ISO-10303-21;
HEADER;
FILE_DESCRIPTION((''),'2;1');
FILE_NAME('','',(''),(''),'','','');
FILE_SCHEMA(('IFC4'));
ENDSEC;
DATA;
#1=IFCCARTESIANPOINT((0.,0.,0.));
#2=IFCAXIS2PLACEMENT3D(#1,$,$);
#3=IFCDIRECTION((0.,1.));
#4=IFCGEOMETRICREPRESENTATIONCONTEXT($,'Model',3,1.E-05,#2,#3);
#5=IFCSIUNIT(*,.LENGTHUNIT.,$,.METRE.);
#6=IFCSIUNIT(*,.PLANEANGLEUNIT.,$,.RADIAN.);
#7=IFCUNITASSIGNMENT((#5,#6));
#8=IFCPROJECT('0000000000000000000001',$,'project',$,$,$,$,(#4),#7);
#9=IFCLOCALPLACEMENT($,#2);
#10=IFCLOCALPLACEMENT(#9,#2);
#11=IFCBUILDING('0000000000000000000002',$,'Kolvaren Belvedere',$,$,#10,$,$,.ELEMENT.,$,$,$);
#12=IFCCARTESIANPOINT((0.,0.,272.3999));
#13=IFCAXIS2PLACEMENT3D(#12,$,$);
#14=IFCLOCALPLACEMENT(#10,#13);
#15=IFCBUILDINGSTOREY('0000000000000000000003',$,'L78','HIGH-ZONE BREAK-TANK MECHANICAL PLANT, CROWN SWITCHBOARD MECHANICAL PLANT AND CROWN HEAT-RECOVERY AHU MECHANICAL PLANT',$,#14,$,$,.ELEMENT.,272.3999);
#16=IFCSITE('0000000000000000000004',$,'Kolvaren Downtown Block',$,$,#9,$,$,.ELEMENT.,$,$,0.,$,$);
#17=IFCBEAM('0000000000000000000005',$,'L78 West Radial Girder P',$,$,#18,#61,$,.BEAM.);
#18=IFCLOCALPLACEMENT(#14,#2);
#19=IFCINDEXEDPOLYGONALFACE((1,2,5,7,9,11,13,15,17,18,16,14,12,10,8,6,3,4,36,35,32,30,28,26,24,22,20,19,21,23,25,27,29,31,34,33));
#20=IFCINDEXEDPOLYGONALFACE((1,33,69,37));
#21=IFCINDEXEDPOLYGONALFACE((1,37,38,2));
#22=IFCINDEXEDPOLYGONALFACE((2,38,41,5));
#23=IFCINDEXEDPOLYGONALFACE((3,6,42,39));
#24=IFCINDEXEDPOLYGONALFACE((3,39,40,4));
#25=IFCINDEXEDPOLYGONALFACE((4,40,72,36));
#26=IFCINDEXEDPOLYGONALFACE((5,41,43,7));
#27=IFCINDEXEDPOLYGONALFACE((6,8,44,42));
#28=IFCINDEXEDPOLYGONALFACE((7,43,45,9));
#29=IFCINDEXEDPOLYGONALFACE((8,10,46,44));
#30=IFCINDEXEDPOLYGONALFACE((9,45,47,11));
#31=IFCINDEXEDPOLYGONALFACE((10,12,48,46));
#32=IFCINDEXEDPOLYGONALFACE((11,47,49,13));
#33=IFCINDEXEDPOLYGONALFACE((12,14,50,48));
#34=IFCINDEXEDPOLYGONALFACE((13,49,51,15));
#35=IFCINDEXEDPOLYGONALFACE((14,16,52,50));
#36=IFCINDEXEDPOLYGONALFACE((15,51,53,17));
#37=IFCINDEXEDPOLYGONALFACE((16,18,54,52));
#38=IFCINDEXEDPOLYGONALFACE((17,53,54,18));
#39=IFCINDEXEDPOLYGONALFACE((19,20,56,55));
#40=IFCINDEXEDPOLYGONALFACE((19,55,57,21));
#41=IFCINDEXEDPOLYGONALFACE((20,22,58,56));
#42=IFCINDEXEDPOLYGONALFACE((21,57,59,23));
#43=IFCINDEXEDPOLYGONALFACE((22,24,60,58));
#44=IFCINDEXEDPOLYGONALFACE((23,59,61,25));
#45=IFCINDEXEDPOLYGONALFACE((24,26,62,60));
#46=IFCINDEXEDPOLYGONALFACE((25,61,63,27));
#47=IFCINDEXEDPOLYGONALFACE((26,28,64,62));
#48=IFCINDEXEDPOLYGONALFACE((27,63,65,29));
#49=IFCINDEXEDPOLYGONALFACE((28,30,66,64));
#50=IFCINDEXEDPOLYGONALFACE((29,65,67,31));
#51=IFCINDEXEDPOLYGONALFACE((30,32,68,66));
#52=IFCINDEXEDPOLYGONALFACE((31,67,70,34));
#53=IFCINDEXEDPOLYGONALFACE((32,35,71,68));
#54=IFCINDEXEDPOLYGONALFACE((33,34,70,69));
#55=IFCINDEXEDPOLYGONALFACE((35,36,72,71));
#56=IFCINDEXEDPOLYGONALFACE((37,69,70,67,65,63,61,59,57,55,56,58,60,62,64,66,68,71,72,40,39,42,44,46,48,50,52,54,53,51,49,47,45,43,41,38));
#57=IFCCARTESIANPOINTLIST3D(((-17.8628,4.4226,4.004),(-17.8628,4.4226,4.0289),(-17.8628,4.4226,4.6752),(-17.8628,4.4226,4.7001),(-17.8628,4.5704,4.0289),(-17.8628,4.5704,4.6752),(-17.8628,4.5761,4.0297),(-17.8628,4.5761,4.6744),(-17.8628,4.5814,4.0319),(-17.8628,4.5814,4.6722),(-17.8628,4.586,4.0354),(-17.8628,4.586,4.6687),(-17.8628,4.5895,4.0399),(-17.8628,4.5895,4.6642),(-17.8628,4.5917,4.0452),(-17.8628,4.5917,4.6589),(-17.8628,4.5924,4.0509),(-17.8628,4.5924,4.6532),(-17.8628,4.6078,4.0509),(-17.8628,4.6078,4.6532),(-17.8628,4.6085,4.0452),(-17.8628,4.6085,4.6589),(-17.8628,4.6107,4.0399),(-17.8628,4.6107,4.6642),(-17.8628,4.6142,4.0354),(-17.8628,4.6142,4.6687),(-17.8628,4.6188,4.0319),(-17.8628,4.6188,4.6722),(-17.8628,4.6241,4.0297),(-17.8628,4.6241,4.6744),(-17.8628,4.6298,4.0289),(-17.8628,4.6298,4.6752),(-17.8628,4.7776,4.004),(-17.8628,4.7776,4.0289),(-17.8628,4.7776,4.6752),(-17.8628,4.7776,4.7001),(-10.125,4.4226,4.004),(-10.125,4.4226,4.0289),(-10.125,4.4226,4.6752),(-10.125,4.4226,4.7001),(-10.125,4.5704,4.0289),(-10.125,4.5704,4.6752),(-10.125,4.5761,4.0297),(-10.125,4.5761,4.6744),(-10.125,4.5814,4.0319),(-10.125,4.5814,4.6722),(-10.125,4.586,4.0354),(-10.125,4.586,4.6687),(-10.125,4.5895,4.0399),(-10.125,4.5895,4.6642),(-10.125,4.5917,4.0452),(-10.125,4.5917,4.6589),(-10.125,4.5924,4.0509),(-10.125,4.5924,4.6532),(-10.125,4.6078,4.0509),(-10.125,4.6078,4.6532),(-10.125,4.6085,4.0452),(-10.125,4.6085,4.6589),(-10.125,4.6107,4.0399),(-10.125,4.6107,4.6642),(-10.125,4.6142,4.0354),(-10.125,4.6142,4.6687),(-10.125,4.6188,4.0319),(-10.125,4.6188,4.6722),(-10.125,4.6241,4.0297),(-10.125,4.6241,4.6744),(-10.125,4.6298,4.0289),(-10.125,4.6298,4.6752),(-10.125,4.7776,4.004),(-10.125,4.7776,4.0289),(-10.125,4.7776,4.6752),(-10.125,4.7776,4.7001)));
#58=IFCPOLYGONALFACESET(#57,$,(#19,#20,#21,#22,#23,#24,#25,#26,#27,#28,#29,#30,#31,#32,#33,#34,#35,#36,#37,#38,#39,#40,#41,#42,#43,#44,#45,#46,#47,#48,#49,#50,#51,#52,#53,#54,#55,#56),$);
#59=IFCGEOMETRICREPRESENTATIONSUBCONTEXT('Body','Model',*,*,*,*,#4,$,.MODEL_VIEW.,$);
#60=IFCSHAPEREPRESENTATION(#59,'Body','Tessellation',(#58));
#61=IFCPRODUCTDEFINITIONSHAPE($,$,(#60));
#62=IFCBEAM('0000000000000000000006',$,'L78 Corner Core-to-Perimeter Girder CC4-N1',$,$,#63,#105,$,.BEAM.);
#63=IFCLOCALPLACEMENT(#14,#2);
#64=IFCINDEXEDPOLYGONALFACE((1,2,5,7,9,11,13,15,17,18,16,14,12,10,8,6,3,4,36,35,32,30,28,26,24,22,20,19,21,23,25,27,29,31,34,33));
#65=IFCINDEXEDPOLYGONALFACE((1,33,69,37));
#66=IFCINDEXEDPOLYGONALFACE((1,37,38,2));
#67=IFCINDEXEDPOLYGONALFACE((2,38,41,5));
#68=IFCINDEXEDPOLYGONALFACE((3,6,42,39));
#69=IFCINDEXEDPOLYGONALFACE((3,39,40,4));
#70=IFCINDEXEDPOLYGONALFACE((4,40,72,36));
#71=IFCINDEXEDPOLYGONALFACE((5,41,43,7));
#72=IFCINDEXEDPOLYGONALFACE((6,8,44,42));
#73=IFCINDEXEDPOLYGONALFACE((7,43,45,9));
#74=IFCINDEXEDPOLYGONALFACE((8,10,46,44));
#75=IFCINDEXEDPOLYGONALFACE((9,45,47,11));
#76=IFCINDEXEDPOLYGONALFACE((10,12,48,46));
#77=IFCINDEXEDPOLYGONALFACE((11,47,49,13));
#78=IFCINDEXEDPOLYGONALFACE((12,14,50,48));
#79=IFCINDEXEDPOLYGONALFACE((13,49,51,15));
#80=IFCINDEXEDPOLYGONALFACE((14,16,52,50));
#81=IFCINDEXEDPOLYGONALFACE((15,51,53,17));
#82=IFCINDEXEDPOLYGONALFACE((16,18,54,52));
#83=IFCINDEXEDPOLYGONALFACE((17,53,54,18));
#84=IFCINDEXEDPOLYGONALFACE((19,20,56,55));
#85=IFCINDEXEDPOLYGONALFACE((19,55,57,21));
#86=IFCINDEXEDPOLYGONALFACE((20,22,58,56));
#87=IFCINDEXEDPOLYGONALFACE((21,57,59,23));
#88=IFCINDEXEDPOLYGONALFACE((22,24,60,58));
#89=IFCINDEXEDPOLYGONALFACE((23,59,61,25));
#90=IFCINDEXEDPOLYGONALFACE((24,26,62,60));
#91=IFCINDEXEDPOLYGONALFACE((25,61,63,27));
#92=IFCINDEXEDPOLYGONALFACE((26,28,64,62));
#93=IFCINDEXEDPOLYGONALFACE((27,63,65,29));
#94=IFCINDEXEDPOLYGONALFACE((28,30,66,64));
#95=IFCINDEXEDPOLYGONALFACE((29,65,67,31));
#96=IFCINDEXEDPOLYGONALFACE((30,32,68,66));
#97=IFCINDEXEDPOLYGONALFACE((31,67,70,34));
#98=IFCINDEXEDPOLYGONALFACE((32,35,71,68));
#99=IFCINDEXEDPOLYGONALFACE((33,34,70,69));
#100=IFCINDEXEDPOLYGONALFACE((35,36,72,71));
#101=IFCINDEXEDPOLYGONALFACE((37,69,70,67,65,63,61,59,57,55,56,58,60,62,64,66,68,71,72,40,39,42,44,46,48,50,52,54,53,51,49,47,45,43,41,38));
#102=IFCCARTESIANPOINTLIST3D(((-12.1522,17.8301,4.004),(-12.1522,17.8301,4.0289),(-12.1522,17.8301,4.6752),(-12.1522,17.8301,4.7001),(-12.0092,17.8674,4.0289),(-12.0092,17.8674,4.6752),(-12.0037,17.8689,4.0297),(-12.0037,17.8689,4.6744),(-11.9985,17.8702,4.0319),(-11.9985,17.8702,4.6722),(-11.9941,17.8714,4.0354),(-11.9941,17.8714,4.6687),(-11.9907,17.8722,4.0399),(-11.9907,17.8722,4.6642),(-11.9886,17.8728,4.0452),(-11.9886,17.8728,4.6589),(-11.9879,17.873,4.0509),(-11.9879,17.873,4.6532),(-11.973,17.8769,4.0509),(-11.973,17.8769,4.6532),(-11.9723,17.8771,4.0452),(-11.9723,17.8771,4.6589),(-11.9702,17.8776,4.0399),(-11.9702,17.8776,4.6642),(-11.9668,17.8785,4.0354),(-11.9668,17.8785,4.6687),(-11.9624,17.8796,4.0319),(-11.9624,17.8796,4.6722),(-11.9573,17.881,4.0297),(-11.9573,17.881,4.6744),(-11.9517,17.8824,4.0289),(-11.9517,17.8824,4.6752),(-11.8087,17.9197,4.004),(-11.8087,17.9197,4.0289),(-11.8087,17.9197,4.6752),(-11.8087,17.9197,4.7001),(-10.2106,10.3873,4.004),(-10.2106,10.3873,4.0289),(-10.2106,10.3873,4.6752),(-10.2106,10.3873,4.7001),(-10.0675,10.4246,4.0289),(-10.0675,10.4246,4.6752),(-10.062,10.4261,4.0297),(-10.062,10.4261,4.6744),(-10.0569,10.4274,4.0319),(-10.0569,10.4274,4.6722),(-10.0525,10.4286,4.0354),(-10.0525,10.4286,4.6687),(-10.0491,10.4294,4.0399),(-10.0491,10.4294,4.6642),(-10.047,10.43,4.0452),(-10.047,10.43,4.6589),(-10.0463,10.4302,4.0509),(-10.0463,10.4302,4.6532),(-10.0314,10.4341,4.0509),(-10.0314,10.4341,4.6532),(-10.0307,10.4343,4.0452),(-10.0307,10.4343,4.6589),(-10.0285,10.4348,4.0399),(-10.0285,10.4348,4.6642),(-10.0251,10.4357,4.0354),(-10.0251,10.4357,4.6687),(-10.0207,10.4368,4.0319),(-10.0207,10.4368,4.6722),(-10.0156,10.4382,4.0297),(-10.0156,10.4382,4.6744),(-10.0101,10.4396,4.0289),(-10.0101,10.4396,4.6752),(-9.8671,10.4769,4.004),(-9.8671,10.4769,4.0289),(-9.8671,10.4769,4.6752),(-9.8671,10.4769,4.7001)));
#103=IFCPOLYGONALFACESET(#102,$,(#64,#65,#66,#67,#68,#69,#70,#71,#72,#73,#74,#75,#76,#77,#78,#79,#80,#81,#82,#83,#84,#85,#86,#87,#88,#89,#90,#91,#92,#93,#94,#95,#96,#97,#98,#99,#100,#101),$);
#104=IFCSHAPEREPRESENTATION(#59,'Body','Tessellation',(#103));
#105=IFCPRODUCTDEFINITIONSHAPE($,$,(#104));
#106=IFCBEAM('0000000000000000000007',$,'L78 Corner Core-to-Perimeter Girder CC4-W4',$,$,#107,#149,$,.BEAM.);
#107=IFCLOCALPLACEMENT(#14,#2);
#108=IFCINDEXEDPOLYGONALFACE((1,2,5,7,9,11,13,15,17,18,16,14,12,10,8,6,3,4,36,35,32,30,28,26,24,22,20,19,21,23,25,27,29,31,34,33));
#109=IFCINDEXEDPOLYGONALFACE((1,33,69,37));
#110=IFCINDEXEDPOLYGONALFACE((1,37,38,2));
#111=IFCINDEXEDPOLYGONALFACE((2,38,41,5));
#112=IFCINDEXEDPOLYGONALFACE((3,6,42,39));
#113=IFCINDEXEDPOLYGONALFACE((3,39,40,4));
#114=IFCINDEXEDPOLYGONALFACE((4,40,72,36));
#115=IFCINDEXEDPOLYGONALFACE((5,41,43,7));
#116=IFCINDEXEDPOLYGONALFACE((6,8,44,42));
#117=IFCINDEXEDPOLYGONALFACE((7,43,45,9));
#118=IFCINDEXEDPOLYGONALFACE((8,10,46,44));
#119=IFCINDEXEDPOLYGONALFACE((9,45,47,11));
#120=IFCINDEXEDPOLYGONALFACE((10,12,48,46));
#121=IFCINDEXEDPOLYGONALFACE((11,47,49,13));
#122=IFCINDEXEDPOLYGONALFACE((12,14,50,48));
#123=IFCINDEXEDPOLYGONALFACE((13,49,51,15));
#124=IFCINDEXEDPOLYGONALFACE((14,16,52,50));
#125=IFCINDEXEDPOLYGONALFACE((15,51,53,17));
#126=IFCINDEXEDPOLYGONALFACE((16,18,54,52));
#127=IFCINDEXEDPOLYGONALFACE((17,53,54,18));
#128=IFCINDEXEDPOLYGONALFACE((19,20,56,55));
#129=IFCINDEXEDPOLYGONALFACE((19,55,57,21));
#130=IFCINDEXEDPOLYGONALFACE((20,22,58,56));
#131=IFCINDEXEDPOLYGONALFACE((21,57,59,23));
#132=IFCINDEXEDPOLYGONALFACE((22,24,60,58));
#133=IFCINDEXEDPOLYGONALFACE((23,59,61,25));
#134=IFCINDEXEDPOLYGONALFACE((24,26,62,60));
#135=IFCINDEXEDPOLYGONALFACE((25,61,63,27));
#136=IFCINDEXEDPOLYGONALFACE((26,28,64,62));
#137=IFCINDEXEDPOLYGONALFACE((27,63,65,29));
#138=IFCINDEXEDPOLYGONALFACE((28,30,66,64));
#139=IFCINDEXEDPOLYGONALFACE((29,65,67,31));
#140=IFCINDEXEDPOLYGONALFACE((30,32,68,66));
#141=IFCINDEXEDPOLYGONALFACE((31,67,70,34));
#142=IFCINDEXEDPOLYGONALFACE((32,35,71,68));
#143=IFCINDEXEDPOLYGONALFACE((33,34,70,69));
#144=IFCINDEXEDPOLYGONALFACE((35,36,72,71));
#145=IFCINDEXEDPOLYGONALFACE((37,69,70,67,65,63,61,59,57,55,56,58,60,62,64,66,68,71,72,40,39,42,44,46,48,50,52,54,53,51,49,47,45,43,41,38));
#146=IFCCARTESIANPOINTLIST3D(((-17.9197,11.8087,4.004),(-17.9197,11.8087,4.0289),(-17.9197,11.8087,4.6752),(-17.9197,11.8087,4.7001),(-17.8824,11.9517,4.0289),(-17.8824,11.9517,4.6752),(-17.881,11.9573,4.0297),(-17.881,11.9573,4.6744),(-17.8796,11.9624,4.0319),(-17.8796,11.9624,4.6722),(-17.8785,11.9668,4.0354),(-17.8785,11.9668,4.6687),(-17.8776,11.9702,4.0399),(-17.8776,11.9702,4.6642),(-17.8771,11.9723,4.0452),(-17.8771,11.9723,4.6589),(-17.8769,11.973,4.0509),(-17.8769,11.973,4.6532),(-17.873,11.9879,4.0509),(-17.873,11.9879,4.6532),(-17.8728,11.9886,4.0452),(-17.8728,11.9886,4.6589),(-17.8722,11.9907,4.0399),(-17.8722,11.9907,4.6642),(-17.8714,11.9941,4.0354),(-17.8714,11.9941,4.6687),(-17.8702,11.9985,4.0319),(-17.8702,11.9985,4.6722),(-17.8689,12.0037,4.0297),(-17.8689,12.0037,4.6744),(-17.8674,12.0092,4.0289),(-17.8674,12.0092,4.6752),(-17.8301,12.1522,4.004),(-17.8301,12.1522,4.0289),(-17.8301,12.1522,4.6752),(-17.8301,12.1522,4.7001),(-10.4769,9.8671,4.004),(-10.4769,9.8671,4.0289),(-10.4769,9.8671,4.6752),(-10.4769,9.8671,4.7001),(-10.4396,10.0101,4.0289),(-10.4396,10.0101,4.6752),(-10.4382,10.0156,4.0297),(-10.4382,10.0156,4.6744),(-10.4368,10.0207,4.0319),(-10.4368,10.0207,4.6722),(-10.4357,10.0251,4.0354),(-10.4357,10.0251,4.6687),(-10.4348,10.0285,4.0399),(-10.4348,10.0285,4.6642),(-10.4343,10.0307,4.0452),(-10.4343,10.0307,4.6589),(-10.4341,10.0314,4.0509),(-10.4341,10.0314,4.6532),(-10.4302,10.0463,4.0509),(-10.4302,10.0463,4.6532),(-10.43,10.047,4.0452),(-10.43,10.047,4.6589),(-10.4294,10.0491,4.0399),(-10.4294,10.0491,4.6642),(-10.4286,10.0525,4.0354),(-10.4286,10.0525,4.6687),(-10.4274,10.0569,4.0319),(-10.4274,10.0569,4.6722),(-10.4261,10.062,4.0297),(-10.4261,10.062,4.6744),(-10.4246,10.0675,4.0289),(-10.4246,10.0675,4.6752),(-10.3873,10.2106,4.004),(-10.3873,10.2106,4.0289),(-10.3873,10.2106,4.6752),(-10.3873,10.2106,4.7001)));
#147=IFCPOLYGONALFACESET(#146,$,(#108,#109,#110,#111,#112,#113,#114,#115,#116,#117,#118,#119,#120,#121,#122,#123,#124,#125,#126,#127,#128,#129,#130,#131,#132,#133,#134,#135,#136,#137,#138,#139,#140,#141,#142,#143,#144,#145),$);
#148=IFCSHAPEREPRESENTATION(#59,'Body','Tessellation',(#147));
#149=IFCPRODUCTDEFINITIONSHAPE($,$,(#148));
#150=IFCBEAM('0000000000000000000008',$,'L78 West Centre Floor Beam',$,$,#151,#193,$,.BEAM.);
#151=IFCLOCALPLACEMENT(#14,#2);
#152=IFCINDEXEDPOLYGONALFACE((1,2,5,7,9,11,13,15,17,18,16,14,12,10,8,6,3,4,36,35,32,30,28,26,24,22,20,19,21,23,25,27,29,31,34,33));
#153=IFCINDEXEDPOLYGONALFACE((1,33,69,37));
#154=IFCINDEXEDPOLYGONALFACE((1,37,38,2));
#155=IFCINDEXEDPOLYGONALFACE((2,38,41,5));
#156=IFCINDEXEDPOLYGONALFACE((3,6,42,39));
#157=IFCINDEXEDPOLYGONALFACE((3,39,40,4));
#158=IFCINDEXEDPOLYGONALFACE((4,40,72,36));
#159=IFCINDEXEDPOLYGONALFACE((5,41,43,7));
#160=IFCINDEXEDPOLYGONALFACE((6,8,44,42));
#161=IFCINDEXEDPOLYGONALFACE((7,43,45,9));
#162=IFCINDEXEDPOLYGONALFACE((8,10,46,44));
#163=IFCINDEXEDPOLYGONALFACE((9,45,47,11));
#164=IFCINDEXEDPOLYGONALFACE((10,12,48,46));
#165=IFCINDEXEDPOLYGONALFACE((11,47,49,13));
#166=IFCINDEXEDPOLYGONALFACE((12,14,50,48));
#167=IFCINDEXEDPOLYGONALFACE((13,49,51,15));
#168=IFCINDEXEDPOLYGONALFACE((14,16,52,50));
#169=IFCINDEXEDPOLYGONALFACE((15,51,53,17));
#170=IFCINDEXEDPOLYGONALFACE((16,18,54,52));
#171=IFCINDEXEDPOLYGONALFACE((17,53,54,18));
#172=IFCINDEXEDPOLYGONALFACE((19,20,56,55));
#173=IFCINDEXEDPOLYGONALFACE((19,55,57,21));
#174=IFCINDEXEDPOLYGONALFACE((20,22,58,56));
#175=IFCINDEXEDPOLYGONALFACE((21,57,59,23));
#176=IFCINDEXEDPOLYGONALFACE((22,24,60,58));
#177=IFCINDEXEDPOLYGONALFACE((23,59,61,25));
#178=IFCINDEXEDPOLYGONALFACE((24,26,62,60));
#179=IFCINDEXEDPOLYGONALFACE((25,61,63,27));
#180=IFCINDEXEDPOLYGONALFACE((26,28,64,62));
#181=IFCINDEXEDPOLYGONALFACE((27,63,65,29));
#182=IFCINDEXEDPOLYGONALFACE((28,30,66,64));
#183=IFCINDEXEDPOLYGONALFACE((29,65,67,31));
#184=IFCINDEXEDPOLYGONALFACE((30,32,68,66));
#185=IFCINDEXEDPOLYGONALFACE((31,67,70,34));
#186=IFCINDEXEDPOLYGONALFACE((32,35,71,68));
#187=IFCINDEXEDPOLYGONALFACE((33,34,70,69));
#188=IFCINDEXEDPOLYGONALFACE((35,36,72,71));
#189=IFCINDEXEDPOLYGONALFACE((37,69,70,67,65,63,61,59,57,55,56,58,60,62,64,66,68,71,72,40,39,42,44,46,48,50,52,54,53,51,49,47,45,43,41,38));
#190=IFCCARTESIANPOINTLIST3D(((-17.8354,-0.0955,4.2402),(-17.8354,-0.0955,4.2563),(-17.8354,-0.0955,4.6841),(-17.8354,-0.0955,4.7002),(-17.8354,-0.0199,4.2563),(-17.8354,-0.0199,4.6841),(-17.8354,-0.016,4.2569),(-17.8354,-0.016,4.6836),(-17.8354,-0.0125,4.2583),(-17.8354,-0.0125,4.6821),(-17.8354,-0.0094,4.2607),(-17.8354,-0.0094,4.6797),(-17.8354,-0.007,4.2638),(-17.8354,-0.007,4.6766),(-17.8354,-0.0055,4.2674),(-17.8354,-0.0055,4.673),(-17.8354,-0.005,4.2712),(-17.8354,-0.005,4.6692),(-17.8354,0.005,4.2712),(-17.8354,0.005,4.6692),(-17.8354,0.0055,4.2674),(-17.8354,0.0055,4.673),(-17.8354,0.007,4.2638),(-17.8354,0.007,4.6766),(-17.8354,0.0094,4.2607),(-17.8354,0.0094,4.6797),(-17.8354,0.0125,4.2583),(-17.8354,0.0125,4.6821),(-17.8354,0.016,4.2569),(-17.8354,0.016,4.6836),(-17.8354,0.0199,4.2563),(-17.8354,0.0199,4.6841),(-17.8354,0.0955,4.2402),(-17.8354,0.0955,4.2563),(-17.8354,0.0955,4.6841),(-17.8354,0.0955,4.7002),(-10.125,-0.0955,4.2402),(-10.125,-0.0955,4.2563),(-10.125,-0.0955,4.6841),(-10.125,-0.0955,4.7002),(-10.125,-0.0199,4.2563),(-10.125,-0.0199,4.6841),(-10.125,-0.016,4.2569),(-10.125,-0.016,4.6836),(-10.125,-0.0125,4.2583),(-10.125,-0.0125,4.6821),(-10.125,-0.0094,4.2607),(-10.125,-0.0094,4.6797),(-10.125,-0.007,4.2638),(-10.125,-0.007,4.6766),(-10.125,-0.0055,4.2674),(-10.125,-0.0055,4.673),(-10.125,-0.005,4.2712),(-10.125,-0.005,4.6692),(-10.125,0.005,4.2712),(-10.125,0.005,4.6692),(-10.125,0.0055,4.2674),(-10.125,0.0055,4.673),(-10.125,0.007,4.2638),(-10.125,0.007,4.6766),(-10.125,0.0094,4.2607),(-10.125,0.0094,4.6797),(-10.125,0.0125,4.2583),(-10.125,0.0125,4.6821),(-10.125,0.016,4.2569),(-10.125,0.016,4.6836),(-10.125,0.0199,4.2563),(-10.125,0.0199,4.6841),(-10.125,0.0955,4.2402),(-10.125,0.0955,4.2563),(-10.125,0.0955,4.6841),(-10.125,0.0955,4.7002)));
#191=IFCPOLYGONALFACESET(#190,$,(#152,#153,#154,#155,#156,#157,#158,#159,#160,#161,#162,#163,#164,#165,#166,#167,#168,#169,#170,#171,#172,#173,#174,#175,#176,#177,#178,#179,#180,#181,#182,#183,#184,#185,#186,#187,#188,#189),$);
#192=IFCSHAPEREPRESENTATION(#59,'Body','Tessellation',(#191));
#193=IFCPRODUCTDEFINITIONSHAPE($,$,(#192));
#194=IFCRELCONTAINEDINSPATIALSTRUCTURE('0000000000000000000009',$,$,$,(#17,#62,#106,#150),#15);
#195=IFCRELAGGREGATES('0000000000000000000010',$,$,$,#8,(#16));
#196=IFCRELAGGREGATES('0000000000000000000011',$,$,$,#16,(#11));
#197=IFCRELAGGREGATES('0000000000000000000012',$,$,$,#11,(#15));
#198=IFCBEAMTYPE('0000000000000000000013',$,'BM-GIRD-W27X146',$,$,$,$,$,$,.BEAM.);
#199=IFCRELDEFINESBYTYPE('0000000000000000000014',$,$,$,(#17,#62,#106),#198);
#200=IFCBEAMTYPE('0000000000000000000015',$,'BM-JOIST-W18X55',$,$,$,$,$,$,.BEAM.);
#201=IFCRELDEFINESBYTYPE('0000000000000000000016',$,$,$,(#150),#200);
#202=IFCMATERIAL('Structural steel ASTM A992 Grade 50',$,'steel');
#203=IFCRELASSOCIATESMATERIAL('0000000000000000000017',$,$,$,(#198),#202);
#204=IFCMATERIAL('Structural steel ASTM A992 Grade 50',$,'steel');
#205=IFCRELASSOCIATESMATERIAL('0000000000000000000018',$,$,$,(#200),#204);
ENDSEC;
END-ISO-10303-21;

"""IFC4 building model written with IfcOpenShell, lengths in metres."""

from ifc_helpers import new_model, si_unit, direction, frame, origin, origin_2d, place, context, subcontext, project, spatial, i_section, extrude, material, material_profile, profile_set, type_object, element, save


model = new_model("IFC4")

# Units and contexts
model_context = context("Model", 3, precision=1e-05, world=origin(), true_north=direction((0.0, 1.0)))
body_context = subcontext(model_context, "Body", "Model", "MODEL_VIEW")
ifc_project = project(units=[si_unit("LENGTHUNIT", "METRE"), si_unit("PLANEANGLEUNIT", "RADIAN")], contexts=[model_context])

# Site, building, storey
site_placement = place(None, origin())
site = spatial("IfcSite", under=ifc_project, at=site_placement, Name="Kolvaren Downtown Block", CompositionType="ELEMENT", RefElevation=0.0)
building_placement = place(site_placement, origin())
building = spatial("IfcBuilding", under=site, at=building_placement, Name="Kolvaren Belvedere", CompositionType="ELEMENT")
storey_placement = place(building_placement, frame((0.0, 0.0, 272.3999)))
storey = spatial("IfcBuildingStorey", under=building, at=storey_placement, Name="L78", Description="HIGH-ZONE BREAK-TANK MECHANICAL PLANT, CROWN SWITCHBOARD MECHANICAL PLANT AND CROWN HEAT-RECOVERY AHU MECHANICAL PLANT", CompositionType="ELEMENT", Elevation=272.3999)

# Beams
ifc_material_1 = material(Name="Structural steel ASTM A992 Grade 50", Category="steel")
ifc_material_profile_1 = material_profile(ifc_material_1, i_section(OverallWidth=0.355, OverallDepth=0.696, WebThickness=0.0154, FlangeThickness=0.0249, FilletRadius=0.022, at=origin_2d()), Name="W27X146")
ifc_profile_set_1 = profile_set([ifc_material_profile_1], Name="Structural steel ASTM A992 Grade 50")
beam_type_1 = type_object("IfcBeamType", Name="BM-GIRD-W27X146", PredefinedType="BEAM", material=ifc_profile_set_1)
beam_1_placement = place(storey_placement, frame((-10.125, 4.6001, 4.3521), z_axis=(-1.0, 0.0, 0.0), x_axis=(0.0, -1.0, 0.0)))
element("IfcBeam", 1, at=beam_1_placement, inside=storey, type_object=beam_type_1, Name="L78 West Radial Girder P", PredefinedType="BEAM", context=body_context, shape_type="SweptSolid", body=[
    extrude(i_section(OverallWidth=0.355, OverallDepth=0.696, WebThickness=0.0154, FlangeThickness=0.0249, FilletRadius=0.022, at=origin_2d()), origin(), (0.0, 0.0, 1.0), 7.7378),
])
for number, where, z_axis, x_axis, name in (
    (2, (-10.0388, 10.4321, 4.3521), (-0.252426, 0.967616, 0.0), (-0.967616, -0.252426, 0.0), "L78 Corner Core-to-Perimeter Girder CC4-N1"),
    (3, (-10.4321, 10.0388, 4.3521), (-0.967616, 0.252426, 0.0), (-0.252426, -0.967616, 0.0), "L78 Corner Core-to-Perimeter Girder CC4-W4"),
):
    element("IfcBeam", number, at=place(storey_placement, frame(where, z_axis=z_axis, x_axis=x_axis)), inside=storey, type_object=beam_type_1, Name=name, PredefinedType="BEAM", context=body_context, shape_type="SweptSolid", body=[
        extrude(i_section(OverallWidth=0.355, OverallDepth=0.696, WebThickness=0.0154, FlangeThickness=0.0249, FilletRadius=0.022, at=origin_2d()), origin(), (0.0, 0.0, 1.0), 7.6919),
    ])
ifc_material_2 = material(Name="Structural steel ASTM A992 Grade 50", Category="steel")
ifc_material_profile_2 = material_profile(ifc_material_2, i_section(OverallWidth=0.1909, OverallDepth=0.46, WebThickness=0.01, FlangeThickness=0.0161, FilletRadius=0.0149, at=origin_2d()), Name="W18X55")
ifc_profile_set_2 = profile_set([ifc_material_profile_2], Name="Structural steel ASTM A992 Grade 50")
beam_type_2 = type_object("IfcBeamType", Name="BM-JOIST-W18X55", PredefinedType="BEAM", material=ifc_profile_set_2)
beam_2_placement = place(storey_placement, frame((-10.125, 0.0, 4.4702), z_axis=(-1.0, 0.0, 0.0), x_axis=(0.0, -1.0, 0.0)))
element("IfcBeam", 4, at=beam_2_placement, inside=storey, type_object=beam_type_2, Name="L78 West Centre Floor Beam", PredefinedType="BEAM", context=body_context, shape_type="SweptSolid", body=[
    extrude(i_section(OverallWidth=0.1909, OverallDepth=0.46, WebThickness=0.01, FlangeThickness=0.0161, FilletRadius=0.0149, at=origin_2d()), origin(), (0.0, 0.0, 1.0), 7.7104),
])

save(model, "model.ifc")
